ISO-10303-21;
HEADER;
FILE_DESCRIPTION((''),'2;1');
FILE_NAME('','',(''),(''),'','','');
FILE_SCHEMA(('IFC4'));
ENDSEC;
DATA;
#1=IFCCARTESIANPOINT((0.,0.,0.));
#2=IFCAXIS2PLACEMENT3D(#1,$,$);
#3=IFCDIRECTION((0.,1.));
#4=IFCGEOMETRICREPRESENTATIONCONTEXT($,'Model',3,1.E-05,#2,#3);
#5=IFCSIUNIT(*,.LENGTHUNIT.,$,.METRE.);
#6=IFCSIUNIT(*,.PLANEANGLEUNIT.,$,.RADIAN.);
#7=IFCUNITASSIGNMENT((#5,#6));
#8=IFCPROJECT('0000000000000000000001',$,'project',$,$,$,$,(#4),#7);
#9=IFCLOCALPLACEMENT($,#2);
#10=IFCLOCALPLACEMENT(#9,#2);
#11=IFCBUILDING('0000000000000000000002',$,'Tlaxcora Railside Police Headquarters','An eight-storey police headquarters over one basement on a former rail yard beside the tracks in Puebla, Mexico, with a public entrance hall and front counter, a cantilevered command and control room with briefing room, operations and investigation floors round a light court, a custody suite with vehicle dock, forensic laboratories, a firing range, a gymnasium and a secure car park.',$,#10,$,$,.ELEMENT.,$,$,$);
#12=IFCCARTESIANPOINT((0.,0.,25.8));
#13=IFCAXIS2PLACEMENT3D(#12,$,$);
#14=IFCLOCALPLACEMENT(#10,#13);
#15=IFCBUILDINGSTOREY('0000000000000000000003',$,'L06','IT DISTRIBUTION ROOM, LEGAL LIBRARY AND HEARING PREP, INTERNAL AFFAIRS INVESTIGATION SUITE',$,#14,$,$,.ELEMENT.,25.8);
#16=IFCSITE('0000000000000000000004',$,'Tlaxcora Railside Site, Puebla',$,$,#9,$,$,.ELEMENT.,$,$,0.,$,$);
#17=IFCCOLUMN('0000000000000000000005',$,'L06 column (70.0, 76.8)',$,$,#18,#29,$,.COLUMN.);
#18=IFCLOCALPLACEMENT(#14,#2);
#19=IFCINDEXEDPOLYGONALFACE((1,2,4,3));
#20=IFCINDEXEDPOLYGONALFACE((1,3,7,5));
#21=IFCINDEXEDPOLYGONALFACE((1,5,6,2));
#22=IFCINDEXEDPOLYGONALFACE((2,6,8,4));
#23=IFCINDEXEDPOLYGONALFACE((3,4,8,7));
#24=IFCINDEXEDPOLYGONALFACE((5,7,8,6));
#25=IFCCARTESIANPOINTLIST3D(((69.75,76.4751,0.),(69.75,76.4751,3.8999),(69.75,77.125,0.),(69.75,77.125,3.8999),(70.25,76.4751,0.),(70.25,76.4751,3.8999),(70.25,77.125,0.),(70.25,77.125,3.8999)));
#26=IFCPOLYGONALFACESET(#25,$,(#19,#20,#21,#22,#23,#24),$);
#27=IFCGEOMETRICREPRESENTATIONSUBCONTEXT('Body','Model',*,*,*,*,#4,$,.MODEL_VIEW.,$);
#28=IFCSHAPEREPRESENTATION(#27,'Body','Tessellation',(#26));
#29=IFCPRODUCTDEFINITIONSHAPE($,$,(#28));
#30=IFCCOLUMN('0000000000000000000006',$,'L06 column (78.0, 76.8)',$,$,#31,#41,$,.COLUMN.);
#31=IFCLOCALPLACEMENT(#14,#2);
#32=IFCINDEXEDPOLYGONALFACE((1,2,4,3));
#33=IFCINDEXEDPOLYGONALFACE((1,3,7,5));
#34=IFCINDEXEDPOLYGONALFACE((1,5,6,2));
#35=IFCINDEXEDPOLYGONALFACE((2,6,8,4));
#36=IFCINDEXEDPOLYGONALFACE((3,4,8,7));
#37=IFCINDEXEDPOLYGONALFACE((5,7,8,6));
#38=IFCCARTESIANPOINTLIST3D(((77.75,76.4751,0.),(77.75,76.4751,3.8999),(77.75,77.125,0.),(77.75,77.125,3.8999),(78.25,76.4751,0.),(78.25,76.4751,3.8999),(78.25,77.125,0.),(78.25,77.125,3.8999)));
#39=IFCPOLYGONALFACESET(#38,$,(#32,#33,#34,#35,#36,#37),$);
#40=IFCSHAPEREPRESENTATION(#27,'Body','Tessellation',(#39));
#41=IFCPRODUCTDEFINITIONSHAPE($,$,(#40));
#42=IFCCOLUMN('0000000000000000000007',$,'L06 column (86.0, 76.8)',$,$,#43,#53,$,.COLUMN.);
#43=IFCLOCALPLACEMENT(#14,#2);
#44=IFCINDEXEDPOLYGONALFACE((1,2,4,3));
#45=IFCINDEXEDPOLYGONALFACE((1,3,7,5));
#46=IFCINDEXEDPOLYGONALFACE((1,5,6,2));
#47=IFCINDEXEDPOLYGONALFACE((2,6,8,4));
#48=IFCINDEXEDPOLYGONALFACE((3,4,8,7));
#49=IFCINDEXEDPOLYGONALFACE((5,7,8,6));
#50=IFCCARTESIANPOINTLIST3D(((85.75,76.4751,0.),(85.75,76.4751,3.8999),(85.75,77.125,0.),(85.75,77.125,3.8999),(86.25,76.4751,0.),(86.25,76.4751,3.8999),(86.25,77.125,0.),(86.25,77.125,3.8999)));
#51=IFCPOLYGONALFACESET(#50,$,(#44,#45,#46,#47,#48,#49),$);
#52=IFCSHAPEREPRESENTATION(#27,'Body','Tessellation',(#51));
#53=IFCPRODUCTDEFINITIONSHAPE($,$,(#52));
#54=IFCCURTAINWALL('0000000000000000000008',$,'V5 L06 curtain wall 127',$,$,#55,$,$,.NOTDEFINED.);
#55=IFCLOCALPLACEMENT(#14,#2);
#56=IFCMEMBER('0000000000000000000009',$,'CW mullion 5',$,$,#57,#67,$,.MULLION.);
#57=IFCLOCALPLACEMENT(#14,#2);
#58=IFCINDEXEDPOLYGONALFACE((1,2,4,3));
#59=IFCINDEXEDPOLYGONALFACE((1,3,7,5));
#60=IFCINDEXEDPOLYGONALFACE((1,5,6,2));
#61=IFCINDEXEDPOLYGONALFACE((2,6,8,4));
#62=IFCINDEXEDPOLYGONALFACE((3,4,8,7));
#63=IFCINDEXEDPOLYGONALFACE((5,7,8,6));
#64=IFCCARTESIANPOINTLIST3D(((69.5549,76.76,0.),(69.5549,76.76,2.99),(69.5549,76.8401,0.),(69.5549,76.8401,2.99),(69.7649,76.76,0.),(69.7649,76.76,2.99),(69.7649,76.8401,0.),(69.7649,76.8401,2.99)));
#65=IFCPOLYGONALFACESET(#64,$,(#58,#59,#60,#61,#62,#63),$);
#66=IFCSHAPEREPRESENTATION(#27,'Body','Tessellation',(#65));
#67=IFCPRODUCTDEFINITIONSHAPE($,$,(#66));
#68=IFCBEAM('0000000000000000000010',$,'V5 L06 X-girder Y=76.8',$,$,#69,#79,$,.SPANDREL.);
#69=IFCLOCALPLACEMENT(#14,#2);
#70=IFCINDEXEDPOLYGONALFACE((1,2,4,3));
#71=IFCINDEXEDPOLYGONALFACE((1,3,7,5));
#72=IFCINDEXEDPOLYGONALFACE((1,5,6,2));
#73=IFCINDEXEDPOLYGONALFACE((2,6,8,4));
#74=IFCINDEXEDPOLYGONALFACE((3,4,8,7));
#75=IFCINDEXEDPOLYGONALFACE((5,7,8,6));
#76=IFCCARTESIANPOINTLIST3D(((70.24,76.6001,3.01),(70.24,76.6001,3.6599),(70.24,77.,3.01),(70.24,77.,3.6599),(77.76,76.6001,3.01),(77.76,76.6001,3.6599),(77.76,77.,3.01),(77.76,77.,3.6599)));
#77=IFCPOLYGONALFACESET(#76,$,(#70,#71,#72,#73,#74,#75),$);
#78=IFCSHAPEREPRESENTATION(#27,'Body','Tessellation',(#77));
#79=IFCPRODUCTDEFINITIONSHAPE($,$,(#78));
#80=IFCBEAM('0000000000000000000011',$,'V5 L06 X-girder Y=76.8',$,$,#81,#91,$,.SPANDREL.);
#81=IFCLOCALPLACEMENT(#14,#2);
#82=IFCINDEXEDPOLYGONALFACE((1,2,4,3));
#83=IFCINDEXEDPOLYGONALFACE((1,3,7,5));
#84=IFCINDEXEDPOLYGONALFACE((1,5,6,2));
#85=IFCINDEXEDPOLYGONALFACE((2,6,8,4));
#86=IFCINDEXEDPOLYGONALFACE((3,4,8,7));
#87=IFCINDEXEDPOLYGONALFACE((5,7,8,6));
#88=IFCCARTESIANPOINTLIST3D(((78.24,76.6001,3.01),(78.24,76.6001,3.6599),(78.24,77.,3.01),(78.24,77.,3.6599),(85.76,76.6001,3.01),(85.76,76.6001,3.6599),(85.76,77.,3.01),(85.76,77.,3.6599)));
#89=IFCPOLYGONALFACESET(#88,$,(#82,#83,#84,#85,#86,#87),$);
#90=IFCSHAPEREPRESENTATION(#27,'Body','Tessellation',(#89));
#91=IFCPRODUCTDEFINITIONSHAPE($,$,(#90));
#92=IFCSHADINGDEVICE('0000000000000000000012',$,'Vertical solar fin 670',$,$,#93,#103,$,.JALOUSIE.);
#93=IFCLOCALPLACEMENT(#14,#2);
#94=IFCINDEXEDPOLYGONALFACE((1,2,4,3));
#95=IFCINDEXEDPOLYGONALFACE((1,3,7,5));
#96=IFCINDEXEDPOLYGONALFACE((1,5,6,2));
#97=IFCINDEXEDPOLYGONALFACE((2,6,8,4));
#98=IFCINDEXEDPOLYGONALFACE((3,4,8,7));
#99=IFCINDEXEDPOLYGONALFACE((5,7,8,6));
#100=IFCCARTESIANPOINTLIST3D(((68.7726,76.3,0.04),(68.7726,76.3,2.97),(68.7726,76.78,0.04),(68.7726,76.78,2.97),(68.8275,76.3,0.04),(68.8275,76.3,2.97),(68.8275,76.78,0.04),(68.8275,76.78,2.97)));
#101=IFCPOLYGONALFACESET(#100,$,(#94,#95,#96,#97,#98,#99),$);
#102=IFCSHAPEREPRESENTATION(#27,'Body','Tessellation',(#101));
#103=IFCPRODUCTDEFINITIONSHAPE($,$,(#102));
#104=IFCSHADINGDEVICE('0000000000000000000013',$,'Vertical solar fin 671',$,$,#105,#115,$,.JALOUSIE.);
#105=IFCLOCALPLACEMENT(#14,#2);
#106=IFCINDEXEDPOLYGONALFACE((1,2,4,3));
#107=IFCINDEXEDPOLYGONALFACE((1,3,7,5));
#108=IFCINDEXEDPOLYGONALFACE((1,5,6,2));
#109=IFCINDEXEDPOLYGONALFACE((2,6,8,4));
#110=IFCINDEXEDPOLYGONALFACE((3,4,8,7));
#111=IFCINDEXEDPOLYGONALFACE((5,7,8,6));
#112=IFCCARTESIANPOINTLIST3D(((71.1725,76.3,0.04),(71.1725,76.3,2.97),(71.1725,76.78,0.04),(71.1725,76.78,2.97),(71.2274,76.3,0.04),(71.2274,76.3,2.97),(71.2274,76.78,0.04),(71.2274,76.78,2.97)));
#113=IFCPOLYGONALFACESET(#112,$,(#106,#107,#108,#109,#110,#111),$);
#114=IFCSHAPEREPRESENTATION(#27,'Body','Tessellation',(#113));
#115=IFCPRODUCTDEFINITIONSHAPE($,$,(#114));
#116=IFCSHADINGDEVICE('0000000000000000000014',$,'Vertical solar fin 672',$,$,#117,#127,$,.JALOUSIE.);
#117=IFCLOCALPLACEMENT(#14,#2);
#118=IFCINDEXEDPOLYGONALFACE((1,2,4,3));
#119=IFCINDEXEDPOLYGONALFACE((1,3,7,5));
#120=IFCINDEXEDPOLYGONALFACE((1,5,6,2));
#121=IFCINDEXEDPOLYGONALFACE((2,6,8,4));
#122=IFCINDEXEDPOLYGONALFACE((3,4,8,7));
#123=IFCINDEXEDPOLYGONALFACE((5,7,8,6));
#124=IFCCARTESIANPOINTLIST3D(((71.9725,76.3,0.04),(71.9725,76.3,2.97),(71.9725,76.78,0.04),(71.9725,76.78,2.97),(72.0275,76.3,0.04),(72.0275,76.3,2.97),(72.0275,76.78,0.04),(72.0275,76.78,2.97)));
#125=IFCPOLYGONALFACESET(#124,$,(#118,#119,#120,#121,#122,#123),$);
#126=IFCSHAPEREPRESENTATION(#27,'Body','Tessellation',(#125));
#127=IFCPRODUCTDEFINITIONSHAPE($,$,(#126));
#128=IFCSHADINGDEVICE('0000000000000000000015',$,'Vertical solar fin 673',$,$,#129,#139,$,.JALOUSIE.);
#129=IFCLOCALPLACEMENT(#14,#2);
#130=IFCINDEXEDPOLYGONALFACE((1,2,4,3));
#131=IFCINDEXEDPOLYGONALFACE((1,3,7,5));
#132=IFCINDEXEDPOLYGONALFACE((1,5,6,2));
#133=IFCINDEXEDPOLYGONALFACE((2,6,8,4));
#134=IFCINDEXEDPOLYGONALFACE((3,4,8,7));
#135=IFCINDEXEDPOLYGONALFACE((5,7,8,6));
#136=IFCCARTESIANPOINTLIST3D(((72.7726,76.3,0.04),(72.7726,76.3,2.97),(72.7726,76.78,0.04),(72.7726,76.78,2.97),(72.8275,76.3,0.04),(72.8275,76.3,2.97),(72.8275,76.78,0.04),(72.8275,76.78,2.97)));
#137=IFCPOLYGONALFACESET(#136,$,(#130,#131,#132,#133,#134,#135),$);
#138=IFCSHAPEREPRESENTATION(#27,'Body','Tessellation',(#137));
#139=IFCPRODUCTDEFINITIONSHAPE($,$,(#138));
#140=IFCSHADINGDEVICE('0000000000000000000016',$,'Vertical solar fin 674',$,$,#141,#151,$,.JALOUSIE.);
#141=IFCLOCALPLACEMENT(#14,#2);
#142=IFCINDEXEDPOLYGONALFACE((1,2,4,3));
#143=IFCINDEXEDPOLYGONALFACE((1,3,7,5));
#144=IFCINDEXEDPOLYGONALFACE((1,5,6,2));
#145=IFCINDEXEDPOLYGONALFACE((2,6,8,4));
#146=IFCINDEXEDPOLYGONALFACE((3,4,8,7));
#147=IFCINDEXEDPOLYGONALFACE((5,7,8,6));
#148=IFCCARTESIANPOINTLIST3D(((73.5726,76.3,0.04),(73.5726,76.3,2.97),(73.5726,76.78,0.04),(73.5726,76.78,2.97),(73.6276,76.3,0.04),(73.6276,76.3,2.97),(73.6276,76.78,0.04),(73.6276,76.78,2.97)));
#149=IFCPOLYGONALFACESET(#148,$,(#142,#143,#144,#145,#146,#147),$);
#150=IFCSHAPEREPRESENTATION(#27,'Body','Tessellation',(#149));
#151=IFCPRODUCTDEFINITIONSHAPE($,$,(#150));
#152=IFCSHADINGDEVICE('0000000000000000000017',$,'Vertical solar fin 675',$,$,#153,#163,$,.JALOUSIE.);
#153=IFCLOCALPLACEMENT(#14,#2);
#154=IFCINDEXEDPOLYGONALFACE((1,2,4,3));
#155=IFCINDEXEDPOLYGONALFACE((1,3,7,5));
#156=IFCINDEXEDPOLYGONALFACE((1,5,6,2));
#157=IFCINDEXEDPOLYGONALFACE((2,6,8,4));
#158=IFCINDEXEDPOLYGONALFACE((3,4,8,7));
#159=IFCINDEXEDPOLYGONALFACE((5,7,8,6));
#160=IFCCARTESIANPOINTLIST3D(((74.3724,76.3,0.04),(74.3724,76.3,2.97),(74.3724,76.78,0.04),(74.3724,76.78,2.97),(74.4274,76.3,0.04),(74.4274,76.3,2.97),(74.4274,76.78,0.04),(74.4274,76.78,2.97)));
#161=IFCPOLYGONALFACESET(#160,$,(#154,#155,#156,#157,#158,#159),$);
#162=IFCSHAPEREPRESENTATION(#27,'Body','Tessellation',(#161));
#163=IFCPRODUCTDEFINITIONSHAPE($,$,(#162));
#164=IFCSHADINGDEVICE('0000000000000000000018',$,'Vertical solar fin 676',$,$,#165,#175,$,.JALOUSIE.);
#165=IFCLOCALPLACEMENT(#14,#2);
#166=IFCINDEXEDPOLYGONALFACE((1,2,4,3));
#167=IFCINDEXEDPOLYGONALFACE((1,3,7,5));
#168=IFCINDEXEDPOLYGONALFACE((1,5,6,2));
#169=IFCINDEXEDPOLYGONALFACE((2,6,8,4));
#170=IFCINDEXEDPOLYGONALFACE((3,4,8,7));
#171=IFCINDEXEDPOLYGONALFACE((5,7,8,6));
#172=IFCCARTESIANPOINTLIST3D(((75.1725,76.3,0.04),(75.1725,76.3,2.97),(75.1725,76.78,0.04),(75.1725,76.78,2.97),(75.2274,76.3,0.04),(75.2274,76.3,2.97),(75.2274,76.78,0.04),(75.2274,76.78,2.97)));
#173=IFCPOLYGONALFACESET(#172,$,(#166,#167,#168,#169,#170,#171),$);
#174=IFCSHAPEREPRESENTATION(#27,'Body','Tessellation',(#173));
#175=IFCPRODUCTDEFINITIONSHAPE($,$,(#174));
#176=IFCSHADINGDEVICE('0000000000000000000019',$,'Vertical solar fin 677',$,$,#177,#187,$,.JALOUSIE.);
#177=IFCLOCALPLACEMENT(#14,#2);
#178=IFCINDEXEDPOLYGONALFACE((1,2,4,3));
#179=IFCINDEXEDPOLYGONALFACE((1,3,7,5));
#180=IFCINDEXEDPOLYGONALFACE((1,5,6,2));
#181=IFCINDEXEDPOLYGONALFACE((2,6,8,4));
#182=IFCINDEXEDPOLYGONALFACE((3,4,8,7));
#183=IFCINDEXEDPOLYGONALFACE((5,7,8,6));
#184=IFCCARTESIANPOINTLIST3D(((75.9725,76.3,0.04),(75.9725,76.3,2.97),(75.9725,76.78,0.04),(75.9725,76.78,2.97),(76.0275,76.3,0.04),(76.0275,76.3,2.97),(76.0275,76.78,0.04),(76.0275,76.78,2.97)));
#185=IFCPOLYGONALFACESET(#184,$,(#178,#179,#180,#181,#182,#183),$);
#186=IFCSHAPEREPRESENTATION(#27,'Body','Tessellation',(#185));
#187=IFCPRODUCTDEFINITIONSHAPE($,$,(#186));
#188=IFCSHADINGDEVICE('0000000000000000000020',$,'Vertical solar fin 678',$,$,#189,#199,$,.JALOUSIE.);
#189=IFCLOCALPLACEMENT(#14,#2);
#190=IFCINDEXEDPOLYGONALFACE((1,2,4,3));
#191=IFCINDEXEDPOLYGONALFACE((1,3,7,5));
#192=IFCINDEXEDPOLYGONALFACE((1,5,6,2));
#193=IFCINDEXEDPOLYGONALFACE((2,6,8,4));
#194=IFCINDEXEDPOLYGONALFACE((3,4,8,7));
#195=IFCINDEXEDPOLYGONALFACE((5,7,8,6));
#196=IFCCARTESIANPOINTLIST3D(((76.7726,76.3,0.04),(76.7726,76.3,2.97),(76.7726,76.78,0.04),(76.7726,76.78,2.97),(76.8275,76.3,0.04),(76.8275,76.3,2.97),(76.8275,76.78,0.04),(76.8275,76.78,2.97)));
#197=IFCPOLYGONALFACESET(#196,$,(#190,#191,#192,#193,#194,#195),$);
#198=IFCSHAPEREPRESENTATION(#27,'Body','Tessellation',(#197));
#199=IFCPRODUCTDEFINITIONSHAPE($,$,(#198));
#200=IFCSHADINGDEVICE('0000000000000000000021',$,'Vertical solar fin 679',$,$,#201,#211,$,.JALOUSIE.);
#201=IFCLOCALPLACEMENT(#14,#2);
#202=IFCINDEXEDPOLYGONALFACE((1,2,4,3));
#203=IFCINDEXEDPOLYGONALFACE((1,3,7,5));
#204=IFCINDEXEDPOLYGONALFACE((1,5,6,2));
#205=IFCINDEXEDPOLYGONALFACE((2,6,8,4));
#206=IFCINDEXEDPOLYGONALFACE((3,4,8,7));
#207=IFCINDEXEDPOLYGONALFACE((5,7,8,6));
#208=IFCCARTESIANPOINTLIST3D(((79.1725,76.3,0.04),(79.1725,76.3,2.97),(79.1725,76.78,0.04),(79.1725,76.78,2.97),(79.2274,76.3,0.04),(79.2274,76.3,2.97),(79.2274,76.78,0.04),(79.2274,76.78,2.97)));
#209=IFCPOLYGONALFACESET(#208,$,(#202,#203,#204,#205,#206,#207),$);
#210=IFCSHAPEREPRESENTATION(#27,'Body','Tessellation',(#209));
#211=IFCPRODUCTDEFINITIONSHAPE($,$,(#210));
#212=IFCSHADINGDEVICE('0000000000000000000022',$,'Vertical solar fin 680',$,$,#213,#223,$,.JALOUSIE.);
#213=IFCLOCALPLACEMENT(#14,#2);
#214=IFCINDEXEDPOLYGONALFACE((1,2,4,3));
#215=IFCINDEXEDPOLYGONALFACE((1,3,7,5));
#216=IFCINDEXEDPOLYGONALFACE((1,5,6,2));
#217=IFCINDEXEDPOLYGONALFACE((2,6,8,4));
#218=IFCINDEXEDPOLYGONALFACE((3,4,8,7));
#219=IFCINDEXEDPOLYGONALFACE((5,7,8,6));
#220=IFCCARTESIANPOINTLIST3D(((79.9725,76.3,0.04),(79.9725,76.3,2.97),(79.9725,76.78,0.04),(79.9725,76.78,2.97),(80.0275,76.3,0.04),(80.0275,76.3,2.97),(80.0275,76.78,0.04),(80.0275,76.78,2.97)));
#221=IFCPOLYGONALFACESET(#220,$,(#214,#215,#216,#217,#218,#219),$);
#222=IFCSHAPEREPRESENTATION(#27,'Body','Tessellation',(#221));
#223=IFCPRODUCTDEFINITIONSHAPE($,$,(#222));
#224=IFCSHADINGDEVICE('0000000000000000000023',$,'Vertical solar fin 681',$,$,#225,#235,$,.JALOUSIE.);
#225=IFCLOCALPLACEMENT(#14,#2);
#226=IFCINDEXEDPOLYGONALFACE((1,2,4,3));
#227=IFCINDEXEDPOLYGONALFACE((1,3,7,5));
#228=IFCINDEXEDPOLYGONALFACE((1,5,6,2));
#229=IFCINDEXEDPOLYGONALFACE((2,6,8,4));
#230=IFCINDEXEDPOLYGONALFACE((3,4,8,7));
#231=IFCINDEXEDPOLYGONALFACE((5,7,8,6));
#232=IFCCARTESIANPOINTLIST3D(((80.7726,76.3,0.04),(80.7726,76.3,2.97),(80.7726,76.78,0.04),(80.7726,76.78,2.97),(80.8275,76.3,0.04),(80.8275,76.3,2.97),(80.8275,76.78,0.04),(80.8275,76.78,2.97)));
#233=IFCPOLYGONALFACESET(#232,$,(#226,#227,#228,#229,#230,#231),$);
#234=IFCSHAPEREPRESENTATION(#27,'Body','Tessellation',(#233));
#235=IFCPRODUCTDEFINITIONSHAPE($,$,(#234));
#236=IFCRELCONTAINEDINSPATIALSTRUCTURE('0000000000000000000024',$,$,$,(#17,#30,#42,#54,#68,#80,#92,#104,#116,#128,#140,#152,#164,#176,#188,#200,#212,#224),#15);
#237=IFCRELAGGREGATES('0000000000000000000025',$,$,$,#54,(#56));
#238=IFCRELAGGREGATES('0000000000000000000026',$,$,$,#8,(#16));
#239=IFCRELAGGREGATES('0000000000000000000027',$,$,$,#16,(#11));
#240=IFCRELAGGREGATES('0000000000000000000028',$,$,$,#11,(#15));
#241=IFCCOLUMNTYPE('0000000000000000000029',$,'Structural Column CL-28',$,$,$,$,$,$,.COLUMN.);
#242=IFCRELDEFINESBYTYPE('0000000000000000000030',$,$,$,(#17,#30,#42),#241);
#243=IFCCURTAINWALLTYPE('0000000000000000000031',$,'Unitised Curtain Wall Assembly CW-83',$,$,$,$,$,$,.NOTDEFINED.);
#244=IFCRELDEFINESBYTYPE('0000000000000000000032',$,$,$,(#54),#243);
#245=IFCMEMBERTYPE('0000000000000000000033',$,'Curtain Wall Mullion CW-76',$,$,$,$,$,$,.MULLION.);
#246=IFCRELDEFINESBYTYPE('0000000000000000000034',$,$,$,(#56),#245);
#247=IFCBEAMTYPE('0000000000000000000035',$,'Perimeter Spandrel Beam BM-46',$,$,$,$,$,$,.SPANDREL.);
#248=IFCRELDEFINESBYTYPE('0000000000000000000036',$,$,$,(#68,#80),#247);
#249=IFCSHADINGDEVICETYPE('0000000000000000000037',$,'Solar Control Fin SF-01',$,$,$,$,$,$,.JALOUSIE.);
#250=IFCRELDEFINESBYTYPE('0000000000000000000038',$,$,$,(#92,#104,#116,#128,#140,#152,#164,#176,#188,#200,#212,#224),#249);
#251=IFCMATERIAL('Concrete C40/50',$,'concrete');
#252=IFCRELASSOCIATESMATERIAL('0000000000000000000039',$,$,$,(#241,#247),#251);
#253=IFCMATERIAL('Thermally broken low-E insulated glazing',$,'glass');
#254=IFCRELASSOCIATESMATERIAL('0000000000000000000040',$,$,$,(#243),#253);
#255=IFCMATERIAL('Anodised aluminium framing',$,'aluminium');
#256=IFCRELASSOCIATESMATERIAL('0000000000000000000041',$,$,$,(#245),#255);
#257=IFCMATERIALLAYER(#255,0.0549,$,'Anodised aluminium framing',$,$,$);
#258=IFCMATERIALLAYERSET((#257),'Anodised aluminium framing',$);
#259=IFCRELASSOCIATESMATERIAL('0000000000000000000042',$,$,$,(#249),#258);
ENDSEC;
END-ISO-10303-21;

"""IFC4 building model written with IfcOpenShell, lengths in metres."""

from ifc_helpers import new_model, si_unit, direction, frame, origin, origin_2d, place, context, subcontext, project, spatial, rectangle, extrude, material, layer, layer_set, material_profile, profile_set, type_object, element, aggregate, save


model = new_model("IFC4")

# Units and contexts
model_context = context("Model", 3, precision=1e-05, world=origin(), true_north=direction((0.0, 1.0)))
body_context = subcontext(model_context, "Body", "Model", "MODEL_VIEW")
ifc_project = project(units=[si_unit("LENGTHUNIT", "METRE"), si_unit("PLANEANGLEUNIT", "RADIAN")], contexts=[model_context])

# Site, building, storey
site_placement = place(None, origin())
site = spatial("IfcSite", under=ifc_project, at=site_placement, Name="Tlaxcora Railside Site, Puebla", CompositionType="ELEMENT", RefElevation=0.0)
building_placement = place(site_placement, origin())
building = spatial("IfcBuilding", under=site, at=building_placement, Name="Tlaxcora Railside Police Headquarters", Description="An eight-storey police headquarters over one basement on a former rail yard beside the tracks in Puebla, Mexico, with a public entrance hall and front counter, a cantilevered command and control room with briefing room, operations and investigation floors round a light court, a custody suite with vehicle dock, forensic laboratories, a firing range, a gymnasium and a secure car park.", CompositionType="ELEMENT")
storey_placement = place(building_placement, frame((0.0, 0.0, 25.8)))
storey = spatial("IfcBuildingStorey", under=building, at=storey_placement, Name="L06", Description="IT DISTRIBUTION ROOM, LEGAL LIBRARY AND HEARING PREP, INTERNAL AFFAIRS INVESTIGATION SUITE", CompositionType="ELEMENT", Elevation=25.8)

# Columns
ifc_material_1 = material(Name="Concrete C40/50", Category="concrete")
ifc_material_profile_1 = material_profile(ifc_material_1, rectangle(XDim=0.5, YDim=0.6499, at=origin_2d()), Name="RC500X650")
ifc_profile_set_1 = profile_set([ifc_material_profile_1], Name="Concrete C40/50")
column_type = type_object("IfcColumnType", Name="Structural Column CL-28", PredefinedType="COLUMN", material=ifc_profile_set_1)
for number, where, z_axis, x_axis, name in (
    (1, (70.0, 76.8, 0.0), (0.0, 0.0, 1.0), (1.0, 0.0, 0.0), "L06 column (70.0, 76.8)"),
    (2, (78.0, 76.8, 0.0), (0.0, 0.0, 1.0), (1.0, 0.0, 0.0), "L06 column (78.0, 76.8)"),
    (3, (86.0, 76.8, 0.0), (0.0, 0.0, 1.0), (1.0, 0.0, 0.0), "L06 column (86.0, 76.8)"),
):
    element("IfcColumn", number, at=place(storey_placement, frame(where, z_axis=z_axis, x_axis=x_axis)), inside=storey, type_object=column_type, Name=name, PredefinedType="COLUMN", context=body_context, shape_type="SweptSolid", body=[
        extrude(rectangle(XDim=0.5, YDim=0.6499, at=origin_2d()), origin(), (0.0, 0.0, 1.0), 3.8999),
    ])

# Curtain wall, member
ifc_material_2 = material(Name="Thermally broken low-E insulated glazing", Category="glass")
curtain_wall_type = type_object("IfcCurtainWallType", Name="Unitised Curtain Wall Assembly CW-83", PredefinedType="NOTDEFINED", material=ifc_material_2)
curtain_wall_placement = place(storey_placement, origin())
curtain_wall = element("IfcCurtainWall", 4, at=curtain_wall_placement, inside=storey, type_object=curtain_wall_type, Name="V5 L06 curtain wall 127", PredefinedType="NOTDEFINED")
ifc_material_3 = material(Name="Anodised aluminium framing", Category="aluminium")
ifc_material_profile_2 = material_profile(ifc_material_3, rectangle(XDim=0.0801, YDim=0.21, at=origin_2d()), Name="AL80X210")
ifc_profile_set_2 = profile_set([ifc_material_profile_2], Name="Anodised aluminium framing")
member_type = type_object("IfcMemberType", Name="Curtain Wall Mullion CW-76", PredefinedType="MULLION", material=ifc_profile_set_2)
member_placement = place(storey_placement, frame((69.6599, 76.8, 0.0), z_axis=(0.0, 0.0, 1.0), x_axis=(0.0, 1.0, 0.0)))
member = element("IfcMember", 5, at=member_placement, type_object=member_type, Name="CW mullion 5", PredefinedType="MULLION", context=body_context, shape_type="SweptSolid", body=[
    extrude(rectangle(XDim=0.0801, YDim=0.21, at=origin_2d()), origin(), (0.0, 0.0, 1.0), 2.99),
])
aggregate(curtain_wall, [member])

# Beams
ifc_material_profile_3 = material_profile(ifc_material_1, rectangle(XDim=0.3999, YDim=0.6499, at=origin_2d()), Name="RC400X650")
ifc_profile_set_3 = profile_set([ifc_material_profile_3], Name="Concrete C40/50")
beam_type = type_object("IfcBeamType", Name="Perimeter Spandrel Beam BM-46", PredefinedType="SPANDREL", material=ifc_profile_set_3)
for number, where, z_axis, x_axis, name in (
    (6, (70.24, 76.8, 3.335), (1.0, 0.0, 0.0), (0.0, 1.0, 0.0), "V5 L06 X-girder Y=76.8"),
    (7, (78.24, 76.8, 3.335), (1.0, 0.0, 0.0), (0.0, 1.0, 0.0), "V5 L06 X-girder Y=76.8"),
):
    element("IfcBeam", number, at=place(storey_placement, frame(where, z_axis=z_axis, x_axis=x_axis)), inside=storey, type_object=beam_type, Name=name, PredefinedType="SPANDREL", context=body_context, shape_type="SweptSolid", body=[
        extrude(rectangle(XDim=0.3999, YDim=0.6499, at=origin_2d()), origin(), (0.0, 0.0, 1.0), 7.52),
    ])

# Shading devices
ifc_layer = layer(ifc_material_3, 0.0549, Name="Anodised aluminium framing")
ifc_layer_set = layer_set([ifc_layer], Name="Anodised aluminium framing")
shading_device_type = type_object("IfcShadingDeviceType", Name="Solar Control Fin SF-01", PredefinedType="JALOUSIE", material=ifc_layer_set)
for number, where, z_axis, x_axis, name in (
    (8, (68.8, 76.54, 0.04), (0.0, 0.0, 1.0), (0.0, -1.0, 0.0), "Vertical solar fin 670"),
    (9, (71.2, 76.54, 0.04), (0.0, 0.0, 1.0), (0.0, -1.0, 0.0), "Vertical solar fin 671"),
    (10, (72.0, 76.54, 0.04), (0.0, 0.0, 1.0), (0.0, -1.0, 0.0), "Vertical solar fin 672"),
    (11, (72.8, 76.54, 0.04), (0.0, 0.0, 1.0), (0.0, -1.0, 0.0), "Vertical solar fin 673"),
    (12, (73.6001, 76.54, 0.04), (0.0, 0.0, 1.0), (0.0, -1.0, 0.0), "Vertical solar fin 674"),
    (13, (74.3999, 76.54, 0.04), (0.0, 0.0, 1.0), (0.0, -1.0, 0.0), "Vertical solar fin 675"),
    (14, (75.2, 76.54, 0.04), (0.0, 0.0, 1.0), (0.0, -1.0, 0.0), "Vertical solar fin 676"),
    (15, (76.0, 76.54, 0.04), (0.0, 0.0, 1.0), (0.0, -1.0, 0.0), "Vertical solar fin 677"),
    (16, (76.8, 76.54, 0.04), (0.0, 0.0, 1.0), (0.0, -1.0, 0.0), "Vertical solar fin 678"),
    (17, (79.2, 76.54, 0.04), (0.0, 0.0, 1.0), (0.0, -1.0, 0.0), "Vertical solar fin 679"),
    (18, (80.0, 76.54, 0.04), (0.0, 0.0, 1.0), (0.0, -1.0, 0.0), "Vertical solar fin 680"),
    (19, (80.8, 76.54, 0.04), (0.0, 0.0, 1.0), (0.0, -1.0, 0.0), "Vertical solar fin 681"),
):
    element("IfcShadingDevice", number, at=place(storey_placement, frame(where, z_axis=z_axis, x_axis=x_axis)), inside=storey, type_object=shading_device_type, Name=name, PredefinedType="JALOUSIE", context=body_context, shape_type="SweptSolid", body=[
        extrude(rectangle(XDim=0.48, YDim=0.0549, at=origin_2d()), origin(), (0.0, 0.0, 1.0), 2.9299),
    ])

save(model, "model.ifc")
